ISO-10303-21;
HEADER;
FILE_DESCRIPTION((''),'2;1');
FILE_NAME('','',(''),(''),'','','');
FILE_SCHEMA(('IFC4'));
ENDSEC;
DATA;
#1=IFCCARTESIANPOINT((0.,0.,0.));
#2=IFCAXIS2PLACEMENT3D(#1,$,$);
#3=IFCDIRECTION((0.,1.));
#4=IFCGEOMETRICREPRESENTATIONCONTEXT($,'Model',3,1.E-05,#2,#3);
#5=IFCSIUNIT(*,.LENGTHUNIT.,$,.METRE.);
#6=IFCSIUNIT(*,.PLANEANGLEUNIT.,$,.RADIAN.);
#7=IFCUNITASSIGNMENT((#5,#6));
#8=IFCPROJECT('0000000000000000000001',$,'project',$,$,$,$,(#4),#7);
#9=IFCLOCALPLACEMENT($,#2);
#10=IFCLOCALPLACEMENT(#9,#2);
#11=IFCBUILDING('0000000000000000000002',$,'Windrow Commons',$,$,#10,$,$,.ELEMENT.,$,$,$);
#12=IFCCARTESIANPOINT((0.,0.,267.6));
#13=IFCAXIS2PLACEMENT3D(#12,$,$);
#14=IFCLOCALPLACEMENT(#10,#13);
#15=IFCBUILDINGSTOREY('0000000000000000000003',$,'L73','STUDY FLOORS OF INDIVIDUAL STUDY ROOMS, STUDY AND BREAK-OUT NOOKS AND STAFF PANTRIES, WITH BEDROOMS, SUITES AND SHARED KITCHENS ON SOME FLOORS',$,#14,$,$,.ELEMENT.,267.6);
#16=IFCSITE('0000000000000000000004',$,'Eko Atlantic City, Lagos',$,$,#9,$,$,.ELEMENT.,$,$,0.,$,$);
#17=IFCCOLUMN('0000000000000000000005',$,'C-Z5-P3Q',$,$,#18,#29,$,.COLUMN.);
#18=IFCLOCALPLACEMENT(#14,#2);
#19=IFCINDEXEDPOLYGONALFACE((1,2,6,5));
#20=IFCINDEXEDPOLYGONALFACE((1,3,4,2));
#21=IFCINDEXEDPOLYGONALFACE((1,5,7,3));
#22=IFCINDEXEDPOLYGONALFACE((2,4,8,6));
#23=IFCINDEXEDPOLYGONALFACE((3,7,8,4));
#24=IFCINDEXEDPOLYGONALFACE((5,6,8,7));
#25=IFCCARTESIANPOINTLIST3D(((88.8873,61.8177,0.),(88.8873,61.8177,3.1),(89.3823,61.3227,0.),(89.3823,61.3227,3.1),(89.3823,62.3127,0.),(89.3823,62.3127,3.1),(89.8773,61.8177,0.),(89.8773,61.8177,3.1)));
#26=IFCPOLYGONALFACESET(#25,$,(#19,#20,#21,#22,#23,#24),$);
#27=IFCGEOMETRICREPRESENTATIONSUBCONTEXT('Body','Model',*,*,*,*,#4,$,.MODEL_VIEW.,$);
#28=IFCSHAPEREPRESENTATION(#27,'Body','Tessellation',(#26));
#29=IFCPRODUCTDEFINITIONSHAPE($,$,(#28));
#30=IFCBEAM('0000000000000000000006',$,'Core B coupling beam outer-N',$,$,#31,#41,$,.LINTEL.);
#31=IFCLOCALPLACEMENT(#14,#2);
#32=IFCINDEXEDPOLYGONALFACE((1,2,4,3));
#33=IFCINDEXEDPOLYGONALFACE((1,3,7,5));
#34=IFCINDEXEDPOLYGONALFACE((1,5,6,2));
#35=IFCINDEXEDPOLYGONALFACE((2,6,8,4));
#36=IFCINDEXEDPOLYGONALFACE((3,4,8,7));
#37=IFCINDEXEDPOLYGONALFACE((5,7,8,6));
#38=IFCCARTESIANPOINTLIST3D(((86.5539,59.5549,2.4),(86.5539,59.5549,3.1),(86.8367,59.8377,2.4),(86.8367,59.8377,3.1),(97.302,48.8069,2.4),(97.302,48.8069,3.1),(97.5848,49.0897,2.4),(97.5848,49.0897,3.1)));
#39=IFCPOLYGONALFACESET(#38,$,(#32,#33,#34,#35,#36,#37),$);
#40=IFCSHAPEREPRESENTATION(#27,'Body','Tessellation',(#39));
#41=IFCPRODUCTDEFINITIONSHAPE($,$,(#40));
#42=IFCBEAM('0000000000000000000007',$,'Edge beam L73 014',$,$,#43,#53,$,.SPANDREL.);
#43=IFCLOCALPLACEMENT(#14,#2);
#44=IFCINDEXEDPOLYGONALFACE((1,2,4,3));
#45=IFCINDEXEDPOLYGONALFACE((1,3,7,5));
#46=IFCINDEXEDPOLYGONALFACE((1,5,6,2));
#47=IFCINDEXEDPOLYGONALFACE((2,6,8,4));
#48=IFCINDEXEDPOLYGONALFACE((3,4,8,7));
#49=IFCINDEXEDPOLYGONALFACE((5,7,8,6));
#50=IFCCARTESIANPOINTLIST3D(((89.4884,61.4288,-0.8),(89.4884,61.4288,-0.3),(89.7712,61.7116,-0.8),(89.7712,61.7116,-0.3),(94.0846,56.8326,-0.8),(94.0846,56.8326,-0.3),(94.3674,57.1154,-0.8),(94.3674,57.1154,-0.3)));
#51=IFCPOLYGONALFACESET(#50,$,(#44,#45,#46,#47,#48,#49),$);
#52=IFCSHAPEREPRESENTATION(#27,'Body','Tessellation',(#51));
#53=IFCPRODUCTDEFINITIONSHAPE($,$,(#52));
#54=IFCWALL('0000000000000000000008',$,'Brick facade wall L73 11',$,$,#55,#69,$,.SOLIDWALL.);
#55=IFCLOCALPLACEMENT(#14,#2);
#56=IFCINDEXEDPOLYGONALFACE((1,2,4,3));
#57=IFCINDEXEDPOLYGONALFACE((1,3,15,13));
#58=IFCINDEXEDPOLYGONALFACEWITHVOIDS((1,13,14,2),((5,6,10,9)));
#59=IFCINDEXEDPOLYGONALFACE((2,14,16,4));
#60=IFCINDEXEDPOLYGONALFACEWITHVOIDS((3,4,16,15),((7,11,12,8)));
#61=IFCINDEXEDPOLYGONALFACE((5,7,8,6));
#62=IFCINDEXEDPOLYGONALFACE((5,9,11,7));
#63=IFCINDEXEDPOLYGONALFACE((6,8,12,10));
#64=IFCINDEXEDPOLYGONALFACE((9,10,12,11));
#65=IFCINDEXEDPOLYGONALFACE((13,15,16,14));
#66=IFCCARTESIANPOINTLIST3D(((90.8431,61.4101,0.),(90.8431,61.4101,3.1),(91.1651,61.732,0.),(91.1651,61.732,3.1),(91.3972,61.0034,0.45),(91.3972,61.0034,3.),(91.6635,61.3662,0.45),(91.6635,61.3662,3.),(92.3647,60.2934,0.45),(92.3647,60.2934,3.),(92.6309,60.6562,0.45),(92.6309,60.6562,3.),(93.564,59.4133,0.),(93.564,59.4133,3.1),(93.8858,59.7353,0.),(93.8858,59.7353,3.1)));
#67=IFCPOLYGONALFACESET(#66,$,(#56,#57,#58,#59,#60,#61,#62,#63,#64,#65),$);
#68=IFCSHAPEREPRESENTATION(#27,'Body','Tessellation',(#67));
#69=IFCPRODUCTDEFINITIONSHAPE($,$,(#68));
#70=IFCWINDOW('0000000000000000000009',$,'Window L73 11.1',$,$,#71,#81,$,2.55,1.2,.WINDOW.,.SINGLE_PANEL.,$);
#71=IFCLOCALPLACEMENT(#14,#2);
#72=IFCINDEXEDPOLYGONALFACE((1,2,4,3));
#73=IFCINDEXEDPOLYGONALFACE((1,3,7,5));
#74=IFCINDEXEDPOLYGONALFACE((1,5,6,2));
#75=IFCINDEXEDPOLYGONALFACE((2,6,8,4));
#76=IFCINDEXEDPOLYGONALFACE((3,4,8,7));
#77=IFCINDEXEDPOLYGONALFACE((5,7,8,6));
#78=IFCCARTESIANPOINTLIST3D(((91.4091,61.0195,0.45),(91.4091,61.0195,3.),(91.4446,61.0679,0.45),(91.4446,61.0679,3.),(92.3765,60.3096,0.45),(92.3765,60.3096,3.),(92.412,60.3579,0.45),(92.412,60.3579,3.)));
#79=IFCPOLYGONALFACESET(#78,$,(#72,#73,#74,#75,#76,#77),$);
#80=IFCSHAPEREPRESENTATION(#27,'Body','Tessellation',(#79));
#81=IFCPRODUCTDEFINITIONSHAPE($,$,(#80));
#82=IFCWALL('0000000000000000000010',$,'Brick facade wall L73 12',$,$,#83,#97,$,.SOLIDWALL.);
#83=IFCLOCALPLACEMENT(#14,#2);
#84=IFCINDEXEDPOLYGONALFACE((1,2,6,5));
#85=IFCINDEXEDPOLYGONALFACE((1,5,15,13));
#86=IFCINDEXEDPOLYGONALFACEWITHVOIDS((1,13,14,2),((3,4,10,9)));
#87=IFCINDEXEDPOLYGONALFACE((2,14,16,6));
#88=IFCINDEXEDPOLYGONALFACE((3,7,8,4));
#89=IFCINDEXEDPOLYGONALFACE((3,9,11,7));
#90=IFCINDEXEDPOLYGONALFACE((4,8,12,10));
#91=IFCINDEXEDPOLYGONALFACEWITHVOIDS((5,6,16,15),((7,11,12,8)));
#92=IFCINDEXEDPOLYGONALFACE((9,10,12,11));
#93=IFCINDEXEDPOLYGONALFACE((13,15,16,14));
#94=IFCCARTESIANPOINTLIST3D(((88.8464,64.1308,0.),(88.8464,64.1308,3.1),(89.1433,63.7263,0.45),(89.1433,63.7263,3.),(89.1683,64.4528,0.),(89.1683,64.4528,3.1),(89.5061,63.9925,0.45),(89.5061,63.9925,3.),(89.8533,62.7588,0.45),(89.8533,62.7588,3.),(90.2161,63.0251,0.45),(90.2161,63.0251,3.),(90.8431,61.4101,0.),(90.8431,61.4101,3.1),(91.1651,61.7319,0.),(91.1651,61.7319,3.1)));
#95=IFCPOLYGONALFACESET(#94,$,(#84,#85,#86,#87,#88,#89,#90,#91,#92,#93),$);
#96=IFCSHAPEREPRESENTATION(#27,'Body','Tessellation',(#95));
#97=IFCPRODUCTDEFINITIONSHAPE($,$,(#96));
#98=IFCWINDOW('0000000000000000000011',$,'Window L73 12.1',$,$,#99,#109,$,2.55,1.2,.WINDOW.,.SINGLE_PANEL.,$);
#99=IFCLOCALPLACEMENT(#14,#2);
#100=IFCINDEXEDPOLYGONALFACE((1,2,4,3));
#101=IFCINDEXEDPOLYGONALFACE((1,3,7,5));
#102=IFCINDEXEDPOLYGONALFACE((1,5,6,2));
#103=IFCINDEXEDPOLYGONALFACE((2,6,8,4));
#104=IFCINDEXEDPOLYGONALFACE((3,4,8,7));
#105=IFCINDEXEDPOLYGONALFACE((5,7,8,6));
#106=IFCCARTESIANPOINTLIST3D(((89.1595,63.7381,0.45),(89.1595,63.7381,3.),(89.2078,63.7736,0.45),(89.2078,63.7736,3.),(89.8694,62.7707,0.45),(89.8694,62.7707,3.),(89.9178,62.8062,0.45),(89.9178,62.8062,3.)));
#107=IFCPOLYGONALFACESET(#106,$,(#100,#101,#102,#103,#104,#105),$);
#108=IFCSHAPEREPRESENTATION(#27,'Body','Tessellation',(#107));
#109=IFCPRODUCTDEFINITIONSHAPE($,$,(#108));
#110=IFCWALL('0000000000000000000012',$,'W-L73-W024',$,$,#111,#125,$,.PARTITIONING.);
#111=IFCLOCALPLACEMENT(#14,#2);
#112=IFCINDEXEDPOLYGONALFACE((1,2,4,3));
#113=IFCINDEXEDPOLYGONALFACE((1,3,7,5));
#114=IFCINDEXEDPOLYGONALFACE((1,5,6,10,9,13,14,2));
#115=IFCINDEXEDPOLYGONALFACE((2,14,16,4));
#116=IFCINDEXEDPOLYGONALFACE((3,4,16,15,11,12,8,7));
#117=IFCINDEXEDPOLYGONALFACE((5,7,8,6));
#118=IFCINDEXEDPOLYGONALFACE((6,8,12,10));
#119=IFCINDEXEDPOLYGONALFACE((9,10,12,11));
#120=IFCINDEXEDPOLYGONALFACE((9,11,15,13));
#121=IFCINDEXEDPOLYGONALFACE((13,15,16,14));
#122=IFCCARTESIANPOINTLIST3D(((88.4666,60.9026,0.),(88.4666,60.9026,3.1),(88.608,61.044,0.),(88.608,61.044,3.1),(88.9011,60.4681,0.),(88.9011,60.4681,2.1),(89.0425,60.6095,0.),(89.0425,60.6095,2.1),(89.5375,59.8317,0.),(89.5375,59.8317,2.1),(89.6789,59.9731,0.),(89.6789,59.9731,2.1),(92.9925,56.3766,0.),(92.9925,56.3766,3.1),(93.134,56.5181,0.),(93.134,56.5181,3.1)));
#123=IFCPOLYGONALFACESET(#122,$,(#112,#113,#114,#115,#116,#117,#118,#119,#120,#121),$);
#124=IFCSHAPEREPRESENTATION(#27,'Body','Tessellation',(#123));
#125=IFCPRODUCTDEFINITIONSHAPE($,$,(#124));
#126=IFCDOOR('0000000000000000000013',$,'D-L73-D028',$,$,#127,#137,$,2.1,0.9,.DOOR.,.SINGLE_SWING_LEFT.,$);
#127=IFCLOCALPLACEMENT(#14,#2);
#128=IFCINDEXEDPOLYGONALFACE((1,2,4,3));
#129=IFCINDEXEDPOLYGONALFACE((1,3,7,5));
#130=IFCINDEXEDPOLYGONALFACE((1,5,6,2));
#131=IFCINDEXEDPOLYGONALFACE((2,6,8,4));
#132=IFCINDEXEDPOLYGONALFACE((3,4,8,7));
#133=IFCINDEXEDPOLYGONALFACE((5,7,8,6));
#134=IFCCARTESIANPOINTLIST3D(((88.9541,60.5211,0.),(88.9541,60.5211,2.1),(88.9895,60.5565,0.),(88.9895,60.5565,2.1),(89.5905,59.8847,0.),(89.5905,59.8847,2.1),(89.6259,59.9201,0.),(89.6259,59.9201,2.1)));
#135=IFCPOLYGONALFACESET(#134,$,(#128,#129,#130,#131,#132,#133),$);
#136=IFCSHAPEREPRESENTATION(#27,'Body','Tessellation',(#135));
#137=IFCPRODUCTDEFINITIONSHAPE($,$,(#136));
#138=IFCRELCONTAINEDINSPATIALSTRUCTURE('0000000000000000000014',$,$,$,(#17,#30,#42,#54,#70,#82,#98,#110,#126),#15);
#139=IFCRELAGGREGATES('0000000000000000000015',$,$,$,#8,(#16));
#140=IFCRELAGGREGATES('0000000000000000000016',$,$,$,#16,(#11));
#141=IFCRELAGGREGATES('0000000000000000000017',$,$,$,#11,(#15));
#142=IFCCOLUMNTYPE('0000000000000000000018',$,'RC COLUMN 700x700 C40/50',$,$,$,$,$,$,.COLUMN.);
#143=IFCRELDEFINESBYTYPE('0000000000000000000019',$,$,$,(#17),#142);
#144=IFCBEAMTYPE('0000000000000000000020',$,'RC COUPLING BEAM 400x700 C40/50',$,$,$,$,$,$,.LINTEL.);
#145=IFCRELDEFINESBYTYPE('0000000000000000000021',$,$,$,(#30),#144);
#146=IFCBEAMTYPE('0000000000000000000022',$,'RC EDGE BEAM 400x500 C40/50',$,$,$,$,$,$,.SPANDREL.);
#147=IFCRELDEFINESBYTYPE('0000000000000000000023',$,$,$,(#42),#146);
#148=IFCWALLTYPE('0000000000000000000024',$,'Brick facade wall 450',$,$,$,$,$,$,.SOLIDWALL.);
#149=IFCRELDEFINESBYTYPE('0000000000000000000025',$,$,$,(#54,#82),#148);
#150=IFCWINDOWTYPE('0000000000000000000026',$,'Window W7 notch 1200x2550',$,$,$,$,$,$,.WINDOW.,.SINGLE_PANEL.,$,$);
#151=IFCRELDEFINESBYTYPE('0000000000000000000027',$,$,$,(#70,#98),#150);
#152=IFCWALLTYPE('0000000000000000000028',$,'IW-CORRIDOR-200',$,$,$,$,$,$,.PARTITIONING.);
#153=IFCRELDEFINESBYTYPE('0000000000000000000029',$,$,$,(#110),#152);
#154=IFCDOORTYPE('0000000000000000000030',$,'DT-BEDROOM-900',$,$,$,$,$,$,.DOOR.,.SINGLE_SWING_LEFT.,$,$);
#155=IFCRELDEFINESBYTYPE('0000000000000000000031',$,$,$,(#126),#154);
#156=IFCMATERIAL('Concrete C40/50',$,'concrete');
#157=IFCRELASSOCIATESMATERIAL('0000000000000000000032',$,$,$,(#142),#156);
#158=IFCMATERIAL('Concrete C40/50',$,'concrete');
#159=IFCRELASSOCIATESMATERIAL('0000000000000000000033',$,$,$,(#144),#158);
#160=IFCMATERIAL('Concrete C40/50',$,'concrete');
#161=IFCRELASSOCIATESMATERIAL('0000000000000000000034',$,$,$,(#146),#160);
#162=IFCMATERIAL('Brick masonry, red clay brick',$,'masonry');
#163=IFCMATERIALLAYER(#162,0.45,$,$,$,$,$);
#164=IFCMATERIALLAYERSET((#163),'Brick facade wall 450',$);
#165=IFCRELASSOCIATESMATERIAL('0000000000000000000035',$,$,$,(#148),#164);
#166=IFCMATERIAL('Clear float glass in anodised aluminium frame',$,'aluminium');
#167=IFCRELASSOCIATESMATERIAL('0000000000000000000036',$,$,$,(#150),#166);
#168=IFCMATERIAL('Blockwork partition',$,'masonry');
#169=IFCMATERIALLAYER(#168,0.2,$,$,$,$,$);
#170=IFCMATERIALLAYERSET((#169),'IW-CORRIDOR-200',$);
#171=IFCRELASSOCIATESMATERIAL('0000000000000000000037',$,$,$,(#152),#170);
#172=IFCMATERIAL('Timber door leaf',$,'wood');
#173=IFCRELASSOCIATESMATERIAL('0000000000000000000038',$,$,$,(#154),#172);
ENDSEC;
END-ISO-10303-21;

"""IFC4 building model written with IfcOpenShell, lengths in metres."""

from ifc_helpers import new_model, si_unit, direction, frame, frame_2d, origin, origin_2d, place, context, subcontext, project, spatial, polyline, rectangle, outline, extrude, material, layer, layer_set, material_profile, profile_set, type_object, element, fill, save


model = new_model("IFC4")

# Units and contexts
model_context = context("Model", 3, precision=1e-05, world=origin(), true_north=direction((0.0, 1.0)))
body_context = subcontext(model_context, "Body", "Model", "MODEL_VIEW")
ifc_project = project(units=[si_unit("LENGTHUNIT", "METRE"), si_unit("PLANEANGLEUNIT", "RADIAN")], contexts=[model_context])

# Site, building, storey
site_placement = place(None, origin())
site = spatial("IfcSite", under=ifc_project, at=site_placement, Name="Eko Atlantic City, Lagos", CompositionType="ELEMENT", RefElevation=0.0)
building_placement = place(site_placement, origin())
building = spatial("IfcBuilding", under=site, at=building_placement, Name="Windrow Commons", CompositionType="ELEMENT")
storey_placement = place(building_placement, frame((0.0, 0.0, 267.6)))
storey = spatial("IfcBuildingStorey", under=building, at=storey_placement, Name="L73", Description="STUDY FLOORS OF INDIVIDUAL STUDY ROOMS, STUDY AND BREAK-OUT NOOKS AND STAFF PANTRIES, WITH BEDROOMS, SUITES AND SHARED KITCHENS ON SOME FLOORS", CompositionType="ELEMENT", Elevation=267.6)

# Column
ifc_material_1 = material(Name="Concrete C40/50", Category="concrete")
ifc_material_profile_1 = material_profile(ifc_material_1, rectangle(XDim=0.7, YDim=0.7, at=origin_2d()))
ifc_profile_set_1 = profile_set([ifc_material_profile_1], Name="Concrete C40/50")
column_type = type_object("IfcColumnType", Name="RC COLUMN 700x700 C40/50", PredefinedType="COLUMN", material=ifc_profile_set_1)
column_placement = place(storey_placement, frame((89.3823, 61.8177, 0.0), z_axis=(0.0, 0.0, 1.0), x_axis=(0.707107, -0.707107, 0.0)))
element("IfcColumn", 1, at=column_placement, inside=storey, type_object=column_type, Name="C-Z5-P3Q", PredefinedType="COLUMN", context=body_context, shape_type="SweptSolid", body=[
    extrude(rectangle(XDim=0.7, YDim=0.7, at=origin_2d()), origin(), (0.0, 0.0, 1.0), 3.1),
])

# Beams
ifc_material_2 = material(Name="Concrete C40/50", Category="concrete")
ifc_material_profile_2 = material_profile(ifc_material_2, rectangle(XDim=0.4, YDim=0.7, at=origin_2d()))
ifc_profile_set_2 = profile_set([ifc_material_profile_2], Name="Concrete C40/50")
beam_type_1 = type_object("IfcBeamType", Name="RC COUPLING BEAM 400x700 C40/50", PredefinedType="LINTEL", material=ifc_profile_set_2)
beam_1_placement = place(storey_placement, frame((86.6953, 59.6963, 2.75), z_axis=(0.70711, -0.707103, 0.0), x_axis=(0.707103, 0.70711, 0.0)))
element("IfcBeam", 2, at=beam_1_placement, inside=storey, type_object=beam_type_1, Name="Core B coupling beam outer-N", PredefinedType="LINTEL", context=body_context, shape_type="SweptSolid", body=[
    extrude(rectangle(XDim=0.4, YDim=0.7, at=origin_2d()), origin(), (0.0, 0.0, 1.0), 15.2),
])
ifc_material_3 = material(Name="Concrete C40/50", Category="concrete")
ifc_material_profile_3 = material_profile(ifc_material_3, rectangle(XDim=0.4, YDim=0.5, at=origin_2d()))
ifc_profile_set_3 = profile_set([ifc_material_profile_3], Name="Concrete C40/50")
beam_type_2 = type_object("IfcBeamType", Name="RC EDGE BEAM 400x500 C40/50", PredefinedType="SPANDREL", material=ifc_profile_set_3)
beam_2_placement = place(storey_placement, frame((89.6298, 61.5702, -0.55), z_axis=(0.707107, -0.707107, 0.0), x_axis=(0.707107, 0.707107, 0.0)))
element("IfcBeam", 3, at=beam_2_placement, inside=storey, type_object=beam_type_2, Name="Edge beam L73 014", PredefinedType="SPANDREL", context=body_context, shape_type="SweptSolid", body=[
    extrude(rectangle(XDim=0.4, YDim=0.5, at=origin_2d()), origin(), (0.0, 0.0, 1.0), 6.5),
])

# Walls, openings, windows
ifc_material_4 = material(Name="Brick masonry, red clay brick", Category="masonry")
ifc_layer_1 = layer(ifc_material_4, 0.45)
ifc_layer_set_1 = layer_set([ifc_layer_1], Name="Brick facade wall 450")
wall_type_1 = type_object("IfcWallType", Name="Brick facade wall 450", PredefinedType="SOLIDWALL", material=ifc_layer_set_1)
wall_1_placement = place(storey_placement, frame((93.7249, 59.5743, 0.0), z_axis=(0.0, 0.0, 1.0), x_axis=(-0.806201, 0.591642, 0.0)))
wall_1 = element("IfcWall", 4, at=wall_1_placement, inside=storey, type_object=wall_type_1, Name="Brick facade wall L73 11", PredefinedType="SOLIDWALL", context=body_context, shape_type="SweptSolid", body=[
    extrude(outline(polyline([(-0.0345, -0.225), (3.3403, -0.225), (3.4094, 0.225), (0.0345, 0.225), (-0.0345, -0.225)])), origin(), (0.0, 0.0, 1.0), 3.1),
])
opening_1_placement = place(wall_1_placement, frame((1.5221, 0.0, 0.45)))
opening_1 = element("IfcOpeningElement", 5, at=opening_1_placement, cuts=wall_1, PredefinedType="OPENING", context=body_context, shape_type="SweptSolid", body=[
    extrude(rectangle(XDim=1.2, YDim=2.55, at=frame_2d((0.6, 1.275))), frame((0.0, 0.235, 0.0), z_axis=(0.0, -1.0, 0.0), x_axis=(1.0, 0.0, 0.0)), (0.0, 0.0, 1.0), 0.47),
])
ifc_material_5 = material(Name="Clear float glass in anodised aluminium frame", Category="aluminium")
window_type = type_object("IfcWindowType", Name="Window W7 notch 1200x2550", PartitioningType="SINGLE_PANEL", PredefinedType="WINDOW", material=ifc_material_5)
window_1_placement = place(opening_1_placement, origin())
window_1 = element("IfcWindow", 6, at=window_1_placement, inside=storey, type_object=window_type, Name="Window L73 11.1", OverallHeight=2.55, OverallWidth=1.2, PartitioningType="SINGLE_PANEL", PredefinedType="WINDOW", context=body_context, shape_type="SweptSolid", body=[
    extrude(rectangle(XDim=1.2, YDim=2.55, at=frame_2d((0.6, 1.275))), frame((0.0, 0.205, 0.0), z_axis=(0.0, -1.0, 0.0), x_axis=(1.0, 0.0, 0.0)), (0.0, 0.0, 1.0), 0.06),
])
fill(opening_1, window_1)
wall_2_placement = place(storey_placement, frame((91.0041, 61.571, 0.0), z_axis=(0.0, 0.0, 1.0), x_axis=(-0.591642, 0.806201, 0.0)))
wall_2 = element("IfcWall", 7, at=wall_2_placement, inside=storey, type_object=wall_type_1, Name="Brick facade wall L73 12", PredefinedType="SOLIDWALL", context=body_context, shape_type="SweptSolid", body=[
    extrude(outline(polyline([(0.0345, -0.225), (3.4094, -0.225), (3.3403, 0.225), (-0.0345, 0.225), (0.0345, -0.225)])), origin(), (0.0, 0.0, 1.0), 3.1),
])
opening_2_placement = place(wall_2_placement, frame((1.6385, 0.0, 0.45)))
opening_2 = element("IfcOpeningElement", 8, at=opening_2_placement, cuts=wall_2, PredefinedType="OPENING", context=body_context, shape_type="SweptSolid", body=[
    extrude(rectangle(XDim=1.2, YDim=2.55, at=frame_2d((0.6, 1.275))), frame((0.0, 0.235, 0.0), z_axis=(0.0, -1.0, 0.0), x_axis=(1.0, 0.0, 0.0)), (0.0, 0.0, 1.0), 0.47),
])
window_2_placement = place(opening_2_placement, origin())
window_2 = element("IfcWindow", 9, at=window_2_placement, inside=storey, type_object=window_type, Name="Window L73 12.1", OverallHeight=2.55, OverallWidth=1.2, PartitioningType="SINGLE_PANEL", PredefinedType="WINDOW", context=body_context, shape_type="SweptSolid", body=[
    extrude(rectangle(XDim=1.2, YDim=2.55, at=frame_2d((0.6, 1.275))), frame((0.0, 0.205, 0.0), z_axis=(0.0, -1.0, 0.0), x_axis=(1.0, 0.0, 0.0)), (0.0, 0.0, 1.0), 0.06),
])
fill(opening_2, window_2)

# Wall, opening, door
ifc_material_6 = material(Name="Blockwork partition", Category="masonry")
ifc_layer_2 = layer(ifc_material_6, 0.2)
ifc_layer_set_2 = layer_set([ifc_layer_2], Name="IW-CORRIDOR-200")
wall_type_2 = type_object("IfcWallType", Name="IW-CORRIDOR-200", PredefinedType="PARTITIONING", material=ifc_layer_set_2)
wall_3_placement = place(storey_placement, frame((88.5373, 60.9733, 0.0), z_axis=(0.0, 0.0, 1.0), x_axis=(0.707107, -0.707107, 0.0)))
wall_3 = element("IfcWall", 10, at=wall_3_placement, inside=storey, type_object=wall_type_2, Name="W-L73-W024", PredefinedType="PARTITIONING", context=body_context, shape_type="SweptSolid", body=[
    extrude(rectangle(XDim=6.4007, YDim=0.2, at=frame_2d((3.2003, 0.0))), origin(), (0.0, 0.0, 1.0), 3.1),
])
opening_3_placement = place(wall_3_placement, frame((0.6145, 0.0, 0.0)))
opening_3 = element("IfcOpeningElement", 11, at=opening_3_placement, cuts=wall_3, PredefinedType="OPENING", context=body_context, shape_type="SweptSolid", body=[
    extrude(rectangle(XDim=0.9, YDim=2.1, at=frame_2d((0.45, 1.05))), frame((0.0, 0.11, 0.0), z_axis=(0.0, -1.0, 0.0), x_axis=(1.0, 0.0, 0.0)), (0.0, 0.0, 1.0), 0.22),
])
ifc_material_7 = material(Name="Timber door leaf", Category="wood")
door_type_1 = type_object("IfcDoorType", Name="DT-BEDROOM-900", OperationType="SINGLE_SWING_LEFT", PredefinedType="DOOR", material=ifc_material_7)
door_1_placement = place(opening_3_placement, origin())
door_1 = element("IfcDoor", 12, at=door_1_placement, inside=storey, type_object=door_type_1, Name="D-L73-D028", OperationType="SINGLE_SWING_LEFT", OverallHeight=2.1, OverallWidth=0.9, PredefinedType="DOOR", context=body_context, shape_type="SweptSolid", body=[
    extrude(rectangle(XDim=0.9, YDim=2.1, at=frame_2d((0.45, 1.05))), frame((0.0, 0.025, 0.0), z_axis=(0.0, -1.0, 0.0), x_axis=(1.0, 0.0, 0.0)), (0.0, 0.0, 1.0), 0.05),
])
fill(opening_3, door_1)

save(model, "model.ifc")
